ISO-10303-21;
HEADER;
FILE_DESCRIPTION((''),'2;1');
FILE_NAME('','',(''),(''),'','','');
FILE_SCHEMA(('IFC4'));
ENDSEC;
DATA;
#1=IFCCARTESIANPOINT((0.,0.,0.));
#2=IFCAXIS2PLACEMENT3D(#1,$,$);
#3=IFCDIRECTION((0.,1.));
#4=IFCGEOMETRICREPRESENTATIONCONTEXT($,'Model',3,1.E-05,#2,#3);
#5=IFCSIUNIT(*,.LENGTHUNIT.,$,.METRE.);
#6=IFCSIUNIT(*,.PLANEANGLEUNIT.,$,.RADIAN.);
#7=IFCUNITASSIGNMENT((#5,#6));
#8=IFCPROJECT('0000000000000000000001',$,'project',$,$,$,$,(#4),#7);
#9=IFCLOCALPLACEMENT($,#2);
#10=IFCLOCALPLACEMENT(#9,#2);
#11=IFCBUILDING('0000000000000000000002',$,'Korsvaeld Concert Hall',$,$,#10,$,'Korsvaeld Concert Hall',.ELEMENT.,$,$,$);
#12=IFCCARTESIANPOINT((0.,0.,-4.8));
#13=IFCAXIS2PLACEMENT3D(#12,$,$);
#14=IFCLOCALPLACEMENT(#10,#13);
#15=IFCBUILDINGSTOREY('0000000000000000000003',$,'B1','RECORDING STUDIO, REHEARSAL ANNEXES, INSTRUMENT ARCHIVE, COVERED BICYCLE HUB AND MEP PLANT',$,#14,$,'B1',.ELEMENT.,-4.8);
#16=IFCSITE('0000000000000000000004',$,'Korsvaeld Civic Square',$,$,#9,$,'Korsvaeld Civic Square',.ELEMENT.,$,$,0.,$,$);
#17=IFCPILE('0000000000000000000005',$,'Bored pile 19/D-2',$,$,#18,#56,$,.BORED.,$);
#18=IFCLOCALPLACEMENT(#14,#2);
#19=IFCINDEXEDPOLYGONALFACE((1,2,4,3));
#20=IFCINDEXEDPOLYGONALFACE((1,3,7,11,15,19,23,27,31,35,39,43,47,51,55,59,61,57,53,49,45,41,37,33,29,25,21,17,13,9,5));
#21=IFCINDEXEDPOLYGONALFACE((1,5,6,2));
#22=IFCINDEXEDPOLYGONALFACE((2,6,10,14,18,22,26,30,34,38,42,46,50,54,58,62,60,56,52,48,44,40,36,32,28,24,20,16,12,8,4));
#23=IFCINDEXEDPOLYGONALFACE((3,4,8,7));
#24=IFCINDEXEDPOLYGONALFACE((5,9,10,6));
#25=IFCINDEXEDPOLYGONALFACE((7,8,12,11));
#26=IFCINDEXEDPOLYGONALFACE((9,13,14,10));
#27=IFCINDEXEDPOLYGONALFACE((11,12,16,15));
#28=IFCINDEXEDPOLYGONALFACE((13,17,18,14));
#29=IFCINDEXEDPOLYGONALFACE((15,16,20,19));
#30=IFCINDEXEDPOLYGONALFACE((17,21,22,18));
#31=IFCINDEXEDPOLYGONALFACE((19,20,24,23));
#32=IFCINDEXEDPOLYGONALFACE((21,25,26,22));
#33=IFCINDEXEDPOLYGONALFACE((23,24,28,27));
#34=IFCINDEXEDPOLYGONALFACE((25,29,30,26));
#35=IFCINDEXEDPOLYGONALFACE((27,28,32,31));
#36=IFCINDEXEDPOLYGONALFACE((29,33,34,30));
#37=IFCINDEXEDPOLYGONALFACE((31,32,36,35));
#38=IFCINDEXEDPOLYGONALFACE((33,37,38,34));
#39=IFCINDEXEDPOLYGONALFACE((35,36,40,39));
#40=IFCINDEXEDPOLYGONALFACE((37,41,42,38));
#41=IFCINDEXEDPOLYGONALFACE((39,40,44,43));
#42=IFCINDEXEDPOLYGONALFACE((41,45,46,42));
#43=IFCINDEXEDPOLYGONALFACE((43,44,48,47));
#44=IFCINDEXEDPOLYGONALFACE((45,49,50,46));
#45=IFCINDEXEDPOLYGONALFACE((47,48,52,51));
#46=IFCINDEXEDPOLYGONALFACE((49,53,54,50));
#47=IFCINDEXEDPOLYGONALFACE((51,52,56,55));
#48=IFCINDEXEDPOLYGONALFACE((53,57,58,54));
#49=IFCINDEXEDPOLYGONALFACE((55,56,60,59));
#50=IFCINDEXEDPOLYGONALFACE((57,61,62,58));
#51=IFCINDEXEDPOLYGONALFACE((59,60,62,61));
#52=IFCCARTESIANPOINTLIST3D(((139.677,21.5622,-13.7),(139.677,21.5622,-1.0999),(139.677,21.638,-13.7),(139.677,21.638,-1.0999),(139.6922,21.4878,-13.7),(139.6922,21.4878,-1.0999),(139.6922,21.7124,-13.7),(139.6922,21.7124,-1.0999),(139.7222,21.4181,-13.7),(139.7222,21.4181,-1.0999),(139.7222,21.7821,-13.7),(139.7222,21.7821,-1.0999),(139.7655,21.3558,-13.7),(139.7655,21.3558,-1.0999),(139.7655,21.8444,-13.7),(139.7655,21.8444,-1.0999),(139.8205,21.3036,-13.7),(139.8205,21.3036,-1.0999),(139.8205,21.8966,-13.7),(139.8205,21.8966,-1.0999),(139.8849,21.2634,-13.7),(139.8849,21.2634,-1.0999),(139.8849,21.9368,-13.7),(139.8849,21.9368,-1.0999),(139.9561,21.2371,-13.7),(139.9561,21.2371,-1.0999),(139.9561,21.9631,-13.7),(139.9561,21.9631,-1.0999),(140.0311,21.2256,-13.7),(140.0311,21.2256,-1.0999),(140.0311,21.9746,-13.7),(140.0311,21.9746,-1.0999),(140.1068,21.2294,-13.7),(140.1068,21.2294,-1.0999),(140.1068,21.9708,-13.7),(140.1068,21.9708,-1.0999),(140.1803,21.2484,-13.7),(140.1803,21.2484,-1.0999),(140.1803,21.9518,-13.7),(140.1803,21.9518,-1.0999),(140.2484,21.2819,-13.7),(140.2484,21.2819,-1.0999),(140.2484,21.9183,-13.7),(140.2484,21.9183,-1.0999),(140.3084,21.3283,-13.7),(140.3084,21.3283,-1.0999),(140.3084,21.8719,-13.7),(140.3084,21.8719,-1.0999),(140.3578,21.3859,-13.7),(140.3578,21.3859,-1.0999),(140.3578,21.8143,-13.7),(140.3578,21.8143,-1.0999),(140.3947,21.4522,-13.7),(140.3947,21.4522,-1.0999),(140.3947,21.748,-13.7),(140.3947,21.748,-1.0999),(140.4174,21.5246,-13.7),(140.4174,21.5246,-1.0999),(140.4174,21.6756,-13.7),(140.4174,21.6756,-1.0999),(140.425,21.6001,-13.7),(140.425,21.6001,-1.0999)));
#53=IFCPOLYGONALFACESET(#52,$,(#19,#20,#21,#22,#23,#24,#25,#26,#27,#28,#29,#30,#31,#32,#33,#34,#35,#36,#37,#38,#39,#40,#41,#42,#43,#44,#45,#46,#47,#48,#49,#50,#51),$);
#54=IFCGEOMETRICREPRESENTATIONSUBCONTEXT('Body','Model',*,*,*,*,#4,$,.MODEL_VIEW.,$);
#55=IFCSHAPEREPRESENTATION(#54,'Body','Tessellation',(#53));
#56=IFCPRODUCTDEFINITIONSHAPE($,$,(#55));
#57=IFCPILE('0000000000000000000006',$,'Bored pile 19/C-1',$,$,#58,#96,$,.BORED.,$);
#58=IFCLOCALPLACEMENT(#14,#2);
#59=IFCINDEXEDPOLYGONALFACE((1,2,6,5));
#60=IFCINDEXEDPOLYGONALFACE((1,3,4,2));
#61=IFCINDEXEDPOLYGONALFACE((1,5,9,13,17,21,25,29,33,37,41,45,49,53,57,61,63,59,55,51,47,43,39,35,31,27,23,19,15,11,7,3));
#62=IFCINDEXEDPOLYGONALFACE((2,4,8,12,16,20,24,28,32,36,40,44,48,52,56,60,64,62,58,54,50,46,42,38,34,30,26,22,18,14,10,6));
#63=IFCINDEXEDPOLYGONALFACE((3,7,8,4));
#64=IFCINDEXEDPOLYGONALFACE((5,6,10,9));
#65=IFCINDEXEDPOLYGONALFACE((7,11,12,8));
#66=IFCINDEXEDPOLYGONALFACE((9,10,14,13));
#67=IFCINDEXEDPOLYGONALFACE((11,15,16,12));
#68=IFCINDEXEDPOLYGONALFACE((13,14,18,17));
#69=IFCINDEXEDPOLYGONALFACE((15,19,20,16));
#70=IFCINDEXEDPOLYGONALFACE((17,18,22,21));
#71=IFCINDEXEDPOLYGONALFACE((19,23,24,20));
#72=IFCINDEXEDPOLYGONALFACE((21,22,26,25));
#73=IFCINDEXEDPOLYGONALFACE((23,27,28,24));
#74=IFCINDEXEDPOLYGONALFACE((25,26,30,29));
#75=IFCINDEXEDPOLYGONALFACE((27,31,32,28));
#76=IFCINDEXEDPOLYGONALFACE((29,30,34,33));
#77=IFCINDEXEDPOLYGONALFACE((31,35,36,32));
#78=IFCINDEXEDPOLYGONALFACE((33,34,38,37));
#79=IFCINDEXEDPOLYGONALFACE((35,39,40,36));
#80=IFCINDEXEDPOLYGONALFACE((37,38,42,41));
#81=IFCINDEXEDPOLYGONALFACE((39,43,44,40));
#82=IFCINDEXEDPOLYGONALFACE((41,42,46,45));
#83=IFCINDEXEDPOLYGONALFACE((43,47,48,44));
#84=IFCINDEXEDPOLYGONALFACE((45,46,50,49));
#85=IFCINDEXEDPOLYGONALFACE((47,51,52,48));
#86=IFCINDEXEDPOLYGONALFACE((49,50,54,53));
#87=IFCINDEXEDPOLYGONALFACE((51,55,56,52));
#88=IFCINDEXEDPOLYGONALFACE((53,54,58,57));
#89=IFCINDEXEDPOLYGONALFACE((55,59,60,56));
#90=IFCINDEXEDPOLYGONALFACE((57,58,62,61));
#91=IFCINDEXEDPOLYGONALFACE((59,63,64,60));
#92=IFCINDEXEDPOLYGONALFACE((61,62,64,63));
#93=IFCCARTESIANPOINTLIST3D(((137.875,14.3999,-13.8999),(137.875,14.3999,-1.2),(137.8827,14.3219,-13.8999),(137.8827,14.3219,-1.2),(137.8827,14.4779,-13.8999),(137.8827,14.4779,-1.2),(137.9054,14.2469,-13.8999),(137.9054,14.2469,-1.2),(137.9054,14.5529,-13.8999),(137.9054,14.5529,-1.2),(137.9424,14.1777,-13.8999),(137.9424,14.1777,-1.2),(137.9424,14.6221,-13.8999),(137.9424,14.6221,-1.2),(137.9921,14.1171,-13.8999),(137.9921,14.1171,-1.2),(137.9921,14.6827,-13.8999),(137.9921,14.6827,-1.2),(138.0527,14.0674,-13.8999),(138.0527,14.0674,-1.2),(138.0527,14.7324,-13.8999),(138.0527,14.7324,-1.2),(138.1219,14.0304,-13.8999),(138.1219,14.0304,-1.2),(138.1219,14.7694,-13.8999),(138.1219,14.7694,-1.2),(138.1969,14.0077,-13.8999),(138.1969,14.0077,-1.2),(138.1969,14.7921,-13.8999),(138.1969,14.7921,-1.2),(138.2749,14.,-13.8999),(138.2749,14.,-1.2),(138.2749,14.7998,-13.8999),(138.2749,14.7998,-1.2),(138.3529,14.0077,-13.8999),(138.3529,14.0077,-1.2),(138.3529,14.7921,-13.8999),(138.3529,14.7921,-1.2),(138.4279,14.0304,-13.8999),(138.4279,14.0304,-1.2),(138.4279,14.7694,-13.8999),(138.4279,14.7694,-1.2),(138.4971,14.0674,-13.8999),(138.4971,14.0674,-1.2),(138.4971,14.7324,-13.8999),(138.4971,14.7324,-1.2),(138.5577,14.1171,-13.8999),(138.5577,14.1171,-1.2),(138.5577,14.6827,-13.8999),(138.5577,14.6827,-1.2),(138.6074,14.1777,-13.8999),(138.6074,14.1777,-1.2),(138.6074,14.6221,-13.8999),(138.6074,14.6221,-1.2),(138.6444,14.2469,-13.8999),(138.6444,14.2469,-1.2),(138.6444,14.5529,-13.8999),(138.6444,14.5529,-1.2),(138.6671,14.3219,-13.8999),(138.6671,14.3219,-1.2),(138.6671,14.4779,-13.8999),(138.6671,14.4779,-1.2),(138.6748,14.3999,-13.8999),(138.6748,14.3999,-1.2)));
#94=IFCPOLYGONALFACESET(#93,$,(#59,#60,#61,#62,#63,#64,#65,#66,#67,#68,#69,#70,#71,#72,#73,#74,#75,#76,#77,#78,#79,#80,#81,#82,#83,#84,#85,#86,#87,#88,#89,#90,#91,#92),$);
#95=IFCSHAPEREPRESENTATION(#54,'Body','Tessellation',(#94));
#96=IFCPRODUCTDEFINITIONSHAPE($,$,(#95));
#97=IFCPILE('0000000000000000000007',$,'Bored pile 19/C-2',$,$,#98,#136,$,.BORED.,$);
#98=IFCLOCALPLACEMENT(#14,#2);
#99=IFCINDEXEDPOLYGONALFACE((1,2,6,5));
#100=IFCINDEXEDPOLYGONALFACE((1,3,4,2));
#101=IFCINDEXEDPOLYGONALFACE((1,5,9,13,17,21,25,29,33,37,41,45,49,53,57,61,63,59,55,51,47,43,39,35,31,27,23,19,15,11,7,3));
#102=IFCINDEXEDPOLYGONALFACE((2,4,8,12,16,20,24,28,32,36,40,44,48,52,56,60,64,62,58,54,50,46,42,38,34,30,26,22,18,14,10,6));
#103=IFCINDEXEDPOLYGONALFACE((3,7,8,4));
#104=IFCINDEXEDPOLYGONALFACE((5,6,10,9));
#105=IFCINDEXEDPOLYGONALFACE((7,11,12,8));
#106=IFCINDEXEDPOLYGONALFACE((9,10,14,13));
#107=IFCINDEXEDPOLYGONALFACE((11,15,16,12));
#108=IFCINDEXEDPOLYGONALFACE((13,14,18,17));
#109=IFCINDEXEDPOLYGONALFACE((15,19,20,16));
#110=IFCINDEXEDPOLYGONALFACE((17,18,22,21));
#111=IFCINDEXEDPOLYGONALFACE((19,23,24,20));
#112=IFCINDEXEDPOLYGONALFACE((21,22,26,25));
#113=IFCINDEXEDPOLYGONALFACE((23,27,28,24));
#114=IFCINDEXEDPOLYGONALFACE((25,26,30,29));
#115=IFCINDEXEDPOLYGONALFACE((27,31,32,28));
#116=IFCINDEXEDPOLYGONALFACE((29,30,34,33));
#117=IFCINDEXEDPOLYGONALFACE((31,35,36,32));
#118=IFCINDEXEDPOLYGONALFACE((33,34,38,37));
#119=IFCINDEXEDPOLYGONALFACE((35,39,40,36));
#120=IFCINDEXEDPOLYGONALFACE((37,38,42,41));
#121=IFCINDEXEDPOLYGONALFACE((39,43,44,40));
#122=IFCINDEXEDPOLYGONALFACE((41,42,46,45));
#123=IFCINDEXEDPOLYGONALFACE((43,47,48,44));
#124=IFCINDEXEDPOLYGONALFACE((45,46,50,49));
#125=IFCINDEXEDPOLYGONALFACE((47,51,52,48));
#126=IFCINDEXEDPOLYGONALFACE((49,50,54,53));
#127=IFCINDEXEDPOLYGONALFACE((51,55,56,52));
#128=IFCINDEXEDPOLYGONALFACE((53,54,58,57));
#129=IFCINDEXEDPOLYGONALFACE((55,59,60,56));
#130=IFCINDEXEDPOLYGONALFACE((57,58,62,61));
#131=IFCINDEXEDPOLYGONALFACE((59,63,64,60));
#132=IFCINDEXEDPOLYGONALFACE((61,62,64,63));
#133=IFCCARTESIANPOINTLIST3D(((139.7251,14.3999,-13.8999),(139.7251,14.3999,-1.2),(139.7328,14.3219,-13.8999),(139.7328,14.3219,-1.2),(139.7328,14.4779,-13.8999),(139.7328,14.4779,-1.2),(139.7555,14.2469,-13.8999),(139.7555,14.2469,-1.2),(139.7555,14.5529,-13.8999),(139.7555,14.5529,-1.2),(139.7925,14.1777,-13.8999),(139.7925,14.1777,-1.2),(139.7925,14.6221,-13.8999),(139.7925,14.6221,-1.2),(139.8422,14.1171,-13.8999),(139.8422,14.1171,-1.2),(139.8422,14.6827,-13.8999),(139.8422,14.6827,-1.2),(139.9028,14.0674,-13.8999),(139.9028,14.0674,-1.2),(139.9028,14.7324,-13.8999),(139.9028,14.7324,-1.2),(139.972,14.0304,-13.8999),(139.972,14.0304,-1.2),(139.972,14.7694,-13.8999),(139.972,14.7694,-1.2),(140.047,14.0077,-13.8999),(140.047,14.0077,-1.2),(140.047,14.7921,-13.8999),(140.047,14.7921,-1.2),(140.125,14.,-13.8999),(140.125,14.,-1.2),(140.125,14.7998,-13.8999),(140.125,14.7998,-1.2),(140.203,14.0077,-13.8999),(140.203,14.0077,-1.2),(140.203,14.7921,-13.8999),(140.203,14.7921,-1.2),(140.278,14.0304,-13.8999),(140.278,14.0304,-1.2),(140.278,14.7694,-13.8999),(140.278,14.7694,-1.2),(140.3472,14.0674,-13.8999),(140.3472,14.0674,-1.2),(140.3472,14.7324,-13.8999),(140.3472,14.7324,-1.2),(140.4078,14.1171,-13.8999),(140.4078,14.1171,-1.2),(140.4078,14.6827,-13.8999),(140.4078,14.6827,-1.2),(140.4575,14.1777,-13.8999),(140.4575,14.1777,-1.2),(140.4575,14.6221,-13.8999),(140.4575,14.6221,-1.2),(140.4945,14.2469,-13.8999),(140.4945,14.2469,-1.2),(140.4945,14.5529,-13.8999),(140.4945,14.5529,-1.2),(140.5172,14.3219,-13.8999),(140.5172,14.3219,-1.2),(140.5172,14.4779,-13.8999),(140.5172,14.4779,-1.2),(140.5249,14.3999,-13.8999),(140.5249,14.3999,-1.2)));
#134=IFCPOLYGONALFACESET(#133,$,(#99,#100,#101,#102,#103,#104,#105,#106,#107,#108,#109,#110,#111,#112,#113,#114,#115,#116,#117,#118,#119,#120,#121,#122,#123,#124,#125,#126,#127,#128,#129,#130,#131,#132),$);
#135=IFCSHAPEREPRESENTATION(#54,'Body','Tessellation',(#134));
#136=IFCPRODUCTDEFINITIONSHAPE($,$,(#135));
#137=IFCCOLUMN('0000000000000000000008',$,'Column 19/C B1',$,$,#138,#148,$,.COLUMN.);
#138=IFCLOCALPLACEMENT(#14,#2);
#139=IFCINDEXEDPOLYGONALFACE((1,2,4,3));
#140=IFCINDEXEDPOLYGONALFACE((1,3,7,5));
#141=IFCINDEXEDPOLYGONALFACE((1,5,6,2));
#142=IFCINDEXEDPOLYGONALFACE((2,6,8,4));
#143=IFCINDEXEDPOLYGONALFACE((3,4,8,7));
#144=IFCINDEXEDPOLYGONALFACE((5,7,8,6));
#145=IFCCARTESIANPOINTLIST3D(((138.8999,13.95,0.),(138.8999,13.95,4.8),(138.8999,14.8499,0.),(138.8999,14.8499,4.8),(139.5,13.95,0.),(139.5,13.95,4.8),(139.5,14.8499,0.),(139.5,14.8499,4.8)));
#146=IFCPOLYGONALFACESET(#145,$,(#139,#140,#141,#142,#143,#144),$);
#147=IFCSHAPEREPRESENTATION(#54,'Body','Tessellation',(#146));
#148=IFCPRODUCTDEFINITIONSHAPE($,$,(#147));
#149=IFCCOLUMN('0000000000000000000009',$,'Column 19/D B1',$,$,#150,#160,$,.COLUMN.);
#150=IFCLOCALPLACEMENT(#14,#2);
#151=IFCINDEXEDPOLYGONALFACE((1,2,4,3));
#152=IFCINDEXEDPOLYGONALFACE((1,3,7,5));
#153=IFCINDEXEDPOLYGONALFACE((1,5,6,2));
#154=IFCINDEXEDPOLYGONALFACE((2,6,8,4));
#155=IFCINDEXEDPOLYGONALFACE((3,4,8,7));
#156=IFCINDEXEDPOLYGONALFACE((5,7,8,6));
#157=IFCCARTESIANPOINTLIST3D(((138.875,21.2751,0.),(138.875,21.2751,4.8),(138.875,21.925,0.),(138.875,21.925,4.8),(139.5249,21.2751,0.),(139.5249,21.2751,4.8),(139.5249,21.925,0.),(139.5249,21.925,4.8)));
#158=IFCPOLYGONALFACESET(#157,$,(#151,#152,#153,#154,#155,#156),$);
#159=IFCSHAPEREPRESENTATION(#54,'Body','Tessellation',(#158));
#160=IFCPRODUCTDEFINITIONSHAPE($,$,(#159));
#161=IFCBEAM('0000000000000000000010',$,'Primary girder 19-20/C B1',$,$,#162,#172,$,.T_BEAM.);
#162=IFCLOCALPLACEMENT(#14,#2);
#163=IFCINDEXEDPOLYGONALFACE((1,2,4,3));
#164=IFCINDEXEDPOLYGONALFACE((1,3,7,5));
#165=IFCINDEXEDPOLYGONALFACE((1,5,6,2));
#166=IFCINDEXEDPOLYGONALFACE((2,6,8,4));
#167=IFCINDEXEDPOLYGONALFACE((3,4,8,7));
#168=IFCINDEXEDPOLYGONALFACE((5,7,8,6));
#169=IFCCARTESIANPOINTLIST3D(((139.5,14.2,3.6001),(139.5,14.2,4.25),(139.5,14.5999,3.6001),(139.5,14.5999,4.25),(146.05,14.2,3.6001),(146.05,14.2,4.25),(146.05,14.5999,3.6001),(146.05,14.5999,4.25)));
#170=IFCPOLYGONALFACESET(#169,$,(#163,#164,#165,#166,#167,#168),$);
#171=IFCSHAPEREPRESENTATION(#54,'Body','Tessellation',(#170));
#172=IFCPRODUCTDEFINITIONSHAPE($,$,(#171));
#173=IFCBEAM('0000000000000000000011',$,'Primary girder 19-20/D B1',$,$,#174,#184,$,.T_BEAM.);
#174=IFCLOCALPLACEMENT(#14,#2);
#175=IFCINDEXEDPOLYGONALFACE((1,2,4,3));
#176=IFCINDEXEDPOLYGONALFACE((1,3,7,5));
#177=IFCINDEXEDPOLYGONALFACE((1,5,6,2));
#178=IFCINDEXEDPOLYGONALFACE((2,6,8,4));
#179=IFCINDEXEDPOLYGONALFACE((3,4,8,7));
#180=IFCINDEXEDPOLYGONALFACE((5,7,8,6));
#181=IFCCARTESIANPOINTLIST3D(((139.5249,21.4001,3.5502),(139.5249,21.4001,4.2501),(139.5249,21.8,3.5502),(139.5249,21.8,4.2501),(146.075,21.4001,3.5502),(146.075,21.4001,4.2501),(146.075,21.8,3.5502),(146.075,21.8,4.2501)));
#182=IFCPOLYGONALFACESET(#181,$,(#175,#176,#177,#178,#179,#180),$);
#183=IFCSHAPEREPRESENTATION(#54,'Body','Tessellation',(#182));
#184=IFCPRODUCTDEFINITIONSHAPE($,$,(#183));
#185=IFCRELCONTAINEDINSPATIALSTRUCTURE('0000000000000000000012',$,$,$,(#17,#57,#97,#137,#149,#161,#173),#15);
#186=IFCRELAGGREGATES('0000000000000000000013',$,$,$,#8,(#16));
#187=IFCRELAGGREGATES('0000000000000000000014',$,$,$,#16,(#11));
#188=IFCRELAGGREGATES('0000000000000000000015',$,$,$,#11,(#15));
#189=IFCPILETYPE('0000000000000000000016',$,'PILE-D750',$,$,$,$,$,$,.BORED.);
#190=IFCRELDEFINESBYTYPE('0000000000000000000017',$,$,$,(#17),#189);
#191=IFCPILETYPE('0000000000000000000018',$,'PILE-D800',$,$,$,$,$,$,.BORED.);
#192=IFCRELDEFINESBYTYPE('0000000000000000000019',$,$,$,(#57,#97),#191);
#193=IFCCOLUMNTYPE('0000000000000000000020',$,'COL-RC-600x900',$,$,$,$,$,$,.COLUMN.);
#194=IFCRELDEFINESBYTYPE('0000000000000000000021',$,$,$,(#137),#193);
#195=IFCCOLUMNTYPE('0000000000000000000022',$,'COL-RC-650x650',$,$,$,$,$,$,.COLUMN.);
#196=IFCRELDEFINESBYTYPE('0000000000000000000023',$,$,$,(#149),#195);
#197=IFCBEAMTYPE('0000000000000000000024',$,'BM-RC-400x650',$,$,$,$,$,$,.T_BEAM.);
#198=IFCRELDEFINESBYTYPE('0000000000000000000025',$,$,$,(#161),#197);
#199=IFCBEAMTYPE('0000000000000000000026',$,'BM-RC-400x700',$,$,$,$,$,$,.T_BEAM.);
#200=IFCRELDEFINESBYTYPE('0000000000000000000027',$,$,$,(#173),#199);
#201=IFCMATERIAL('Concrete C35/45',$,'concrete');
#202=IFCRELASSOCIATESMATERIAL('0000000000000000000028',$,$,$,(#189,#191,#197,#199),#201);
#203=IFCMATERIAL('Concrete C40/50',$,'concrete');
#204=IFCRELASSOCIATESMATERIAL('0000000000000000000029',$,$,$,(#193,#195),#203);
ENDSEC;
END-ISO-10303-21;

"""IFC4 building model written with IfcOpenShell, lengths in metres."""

from ifc_helpers import new_model, si_unit, direction, frame, origin, origin_2d, place, context, subcontext, project, spatial, rectangle, circle, extrude, material, material_profile, profile_set, type_object, element, save


model = new_model("IFC4")

# Units and contexts
model_context = context("Model", 3, precision=1e-05, world=origin(), true_north=direction((0.0, 1.0)))
body_context = subcontext(model_context, "Body", "Model", "MODEL_VIEW")
ifc_project = project(units=[si_unit("LENGTHUNIT", "METRE"), si_unit("PLANEANGLEUNIT", "RADIAN")], contexts=[model_context])

# Site, building, storey
site_placement = place(None, origin())
site = spatial("IfcSite", under=ifc_project, at=site_placement, Name="Korsvaeld Civic Square", LongName="Korsvaeld Civic Square", CompositionType="ELEMENT", RefElevation=0.0)
building_placement = place(site_placement, origin())
building = spatial("IfcBuilding", under=site, at=building_placement, Name="Korsvaeld Concert Hall", LongName="Korsvaeld Concert Hall", CompositionType="ELEMENT")
storey_placement = place(building_placement, frame((0.0, 0.0, -4.8)))
storey = spatial("IfcBuildingStorey", under=building, at=storey_placement, Name="B1", Description="RECORDING STUDIO, REHEARSAL ANNEXES, INSTRUMENT ARCHIVE, COVERED BICYCLE HUB AND MEP PLANT", LongName="B1", CompositionType="ELEMENT", Elevation=-4.8)

# Shared definitions
ifc_material_1 = material(Name="Concrete C35/45", Category="concrete")

# Piles
ifc_material_profile_1 = material_profile(ifc_material_1, circle(Radius=0.375, at=origin_2d()), Name="BORED PILE D750")
ifc_profile_set_1 = profile_set([ifc_material_profile_1], Name="Concrete C35/45")
pile_type_1 = type_object("IfcPileType", Name="PILE-D750", PredefinedType="BORED", material=ifc_profile_set_1)
for number, where, z_axis, x_axis, name in (
    (1, (140.05, 21.6001, -1.0999), (0.0, 0.0, -1.0), (1.0, 0.0, 0.0), "Bored pile 19/D-2"),
):
    element("IfcPile", number, at=place(storey_placement, frame(where, z_axis=z_axis, x_axis=x_axis)), inside=storey, type_object=pile_type_1, Name=name, PredefinedType="BORED", context=body_context, shape_type="SweptSolid", body=[
        extrude(circle(Radius=0.375, at=origin_2d()), origin(), (0.0, 0.0, 1.0), 12.6001),
    ])
ifc_material_profile_2 = material_profile(ifc_material_1, circle(Radius=0.3999, at=origin_2d()), Name="BORED PILE D800")
ifc_profile_set_2 = profile_set([ifc_material_profile_2], Name="Concrete C35/45")
pile_type_2 = type_object("IfcPileType", Name="PILE-D800", PredefinedType="BORED", material=ifc_profile_set_2)
for number, where, z_axis, x_axis, name in (
    (2, (138.2749, 14.3999, -1.2), (0.0, 0.0, -1.0), (1.0, 0.0, 0.0), "Bored pile 19/C-1"),
    (3, (140.125, 14.3999, -1.2), (0.0, 0.0, -1.0), (1.0, 0.0, 0.0), "Bored pile 19/C-2"),
):
    element("IfcPile", number, at=place(storey_placement, frame(where, z_axis=z_axis, x_axis=x_axis)), inside=storey, type_object=pile_type_2, Name=name, PredefinedType="BORED", context=body_context, shape_type="SweptSolid", body=[
        extrude(circle(Radius=0.3999, at=origin_2d()), origin(), (0.0, 0.0, 1.0), 12.7),
    ])

# Columns
ifc_material_2 = material(Name="Concrete C40/50", Category="concrete")
ifc_material_profile_3 = material_profile(ifc_material_2, rectangle(XDim=0.6001, YDim=0.8999, at=origin_2d()), Name="RC 600x900")
ifc_profile_set_3 = profile_set([ifc_material_profile_3], Name="Concrete C40/50")
column_type_1 = type_object("IfcColumnType", Name="COL-RC-600x900", PredefinedType="COLUMN", material=ifc_profile_set_3)
column_1_placement = place(storey_placement, frame((139.2, 14.3999, 0.0), z_axis=(0.0, 0.0, 1.0), x_axis=(1.0, 0.0, 0.0)))
element("IfcColumn", 4, at=column_1_placement, inside=storey, type_object=column_type_1, Name="Column 19/C B1", PredefinedType="COLUMN", context=body_context, shape_type="SweptSolid", body=[
    extrude(rectangle(XDim=0.6001, YDim=0.8999, at=origin_2d()), origin(), (0.0, 0.0, 1.0), 4.8),
])
ifc_material_profile_4 = material_profile(ifc_material_2, rectangle(XDim=0.6499, YDim=0.6499, at=origin_2d()), Name="RC 650x650")
ifc_profile_set_4 = profile_set([ifc_material_profile_4], Name="Concrete C40/50")
column_type_2 = type_object("IfcColumnType", Name="COL-RC-650x650", PredefinedType="COLUMN", material=ifc_profile_set_4)
column_2_placement = place(storey_placement, frame((139.2, 21.6001, 0.0), z_axis=(0.0, 0.0, 1.0), x_axis=(1.0, 0.0, 0.0)))
element("IfcColumn", 5, at=column_2_placement, inside=storey, type_object=column_type_2, Name="Column 19/D B1", PredefinedType="COLUMN", context=body_context, shape_type="SweptSolid", body=[
    extrude(rectangle(XDim=0.6499, YDim=0.6499, at=origin_2d()), origin(), (0.0, 0.0, 1.0), 4.8),
])

# Beams
ifc_material_profile_5 = material_profile(ifc_material_1, rectangle(XDim=0.3999, YDim=0.6499, at=origin_2d()), Name="RC 400x650")
ifc_profile_set_5 = profile_set([ifc_material_profile_5], Name="Concrete C35/45")
beam_type_1 = type_object("IfcBeamType", Name="BM-RC-400x650", PredefinedType="T_BEAM", material=ifc_profile_set_5)
beam_1_placement = place(storey_placement, frame((139.5, 14.3999, 3.925), z_axis=(1.0, 0.0, 0.0), x_axis=(0.0, 1.0, 0.0)))
element("IfcBeam", 6, at=beam_1_placement, inside=storey, type_object=beam_type_1, Name="Primary girder 19-20/C B1", PredefinedType="T_BEAM", context=body_context, shape_type="SweptSolid", body=[
    extrude(rectangle(XDim=0.3999, YDim=0.6499, at=origin_2d()), origin(), (0.0, 0.0, 1.0), 6.55),
])
ifc_material_profile_6 = material_profile(ifc_material_1, rectangle(XDim=0.3999, YDim=0.7, at=origin_2d()), Name="RC 400x700")
ifc_profile_set_6 = profile_set([ifc_material_profile_6], Name="Concrete C35/45")
beam_type_2 = type_object("IfcBeamType", Name="BM-RC-400x700", PredefinedType="T_BEAM", material=ifc_profile_set_6)
beam_2_placement = place(storey_placement, frame((139.5249, 21.6001, 3.9001), z_axis=(1.0, 0.0, 0.0), x_axis=(0.0, 1.0, 0.0)))
element("IfcBeam", 7, at=beam_2_placement, inside=storey, type_object=beam_type_2, Name="Primary girder 19-20/D B1", PredefinedType="T_BEAM", context=body_context, shape_type="SweptSolid", body=[
    extrude(rectangle(XDim=0.3999, YDim=0.7, at=origin_2d()), origin(), (0.0, 0.0, 1.0), 6.55),
])

save(model, "model.ifc")
